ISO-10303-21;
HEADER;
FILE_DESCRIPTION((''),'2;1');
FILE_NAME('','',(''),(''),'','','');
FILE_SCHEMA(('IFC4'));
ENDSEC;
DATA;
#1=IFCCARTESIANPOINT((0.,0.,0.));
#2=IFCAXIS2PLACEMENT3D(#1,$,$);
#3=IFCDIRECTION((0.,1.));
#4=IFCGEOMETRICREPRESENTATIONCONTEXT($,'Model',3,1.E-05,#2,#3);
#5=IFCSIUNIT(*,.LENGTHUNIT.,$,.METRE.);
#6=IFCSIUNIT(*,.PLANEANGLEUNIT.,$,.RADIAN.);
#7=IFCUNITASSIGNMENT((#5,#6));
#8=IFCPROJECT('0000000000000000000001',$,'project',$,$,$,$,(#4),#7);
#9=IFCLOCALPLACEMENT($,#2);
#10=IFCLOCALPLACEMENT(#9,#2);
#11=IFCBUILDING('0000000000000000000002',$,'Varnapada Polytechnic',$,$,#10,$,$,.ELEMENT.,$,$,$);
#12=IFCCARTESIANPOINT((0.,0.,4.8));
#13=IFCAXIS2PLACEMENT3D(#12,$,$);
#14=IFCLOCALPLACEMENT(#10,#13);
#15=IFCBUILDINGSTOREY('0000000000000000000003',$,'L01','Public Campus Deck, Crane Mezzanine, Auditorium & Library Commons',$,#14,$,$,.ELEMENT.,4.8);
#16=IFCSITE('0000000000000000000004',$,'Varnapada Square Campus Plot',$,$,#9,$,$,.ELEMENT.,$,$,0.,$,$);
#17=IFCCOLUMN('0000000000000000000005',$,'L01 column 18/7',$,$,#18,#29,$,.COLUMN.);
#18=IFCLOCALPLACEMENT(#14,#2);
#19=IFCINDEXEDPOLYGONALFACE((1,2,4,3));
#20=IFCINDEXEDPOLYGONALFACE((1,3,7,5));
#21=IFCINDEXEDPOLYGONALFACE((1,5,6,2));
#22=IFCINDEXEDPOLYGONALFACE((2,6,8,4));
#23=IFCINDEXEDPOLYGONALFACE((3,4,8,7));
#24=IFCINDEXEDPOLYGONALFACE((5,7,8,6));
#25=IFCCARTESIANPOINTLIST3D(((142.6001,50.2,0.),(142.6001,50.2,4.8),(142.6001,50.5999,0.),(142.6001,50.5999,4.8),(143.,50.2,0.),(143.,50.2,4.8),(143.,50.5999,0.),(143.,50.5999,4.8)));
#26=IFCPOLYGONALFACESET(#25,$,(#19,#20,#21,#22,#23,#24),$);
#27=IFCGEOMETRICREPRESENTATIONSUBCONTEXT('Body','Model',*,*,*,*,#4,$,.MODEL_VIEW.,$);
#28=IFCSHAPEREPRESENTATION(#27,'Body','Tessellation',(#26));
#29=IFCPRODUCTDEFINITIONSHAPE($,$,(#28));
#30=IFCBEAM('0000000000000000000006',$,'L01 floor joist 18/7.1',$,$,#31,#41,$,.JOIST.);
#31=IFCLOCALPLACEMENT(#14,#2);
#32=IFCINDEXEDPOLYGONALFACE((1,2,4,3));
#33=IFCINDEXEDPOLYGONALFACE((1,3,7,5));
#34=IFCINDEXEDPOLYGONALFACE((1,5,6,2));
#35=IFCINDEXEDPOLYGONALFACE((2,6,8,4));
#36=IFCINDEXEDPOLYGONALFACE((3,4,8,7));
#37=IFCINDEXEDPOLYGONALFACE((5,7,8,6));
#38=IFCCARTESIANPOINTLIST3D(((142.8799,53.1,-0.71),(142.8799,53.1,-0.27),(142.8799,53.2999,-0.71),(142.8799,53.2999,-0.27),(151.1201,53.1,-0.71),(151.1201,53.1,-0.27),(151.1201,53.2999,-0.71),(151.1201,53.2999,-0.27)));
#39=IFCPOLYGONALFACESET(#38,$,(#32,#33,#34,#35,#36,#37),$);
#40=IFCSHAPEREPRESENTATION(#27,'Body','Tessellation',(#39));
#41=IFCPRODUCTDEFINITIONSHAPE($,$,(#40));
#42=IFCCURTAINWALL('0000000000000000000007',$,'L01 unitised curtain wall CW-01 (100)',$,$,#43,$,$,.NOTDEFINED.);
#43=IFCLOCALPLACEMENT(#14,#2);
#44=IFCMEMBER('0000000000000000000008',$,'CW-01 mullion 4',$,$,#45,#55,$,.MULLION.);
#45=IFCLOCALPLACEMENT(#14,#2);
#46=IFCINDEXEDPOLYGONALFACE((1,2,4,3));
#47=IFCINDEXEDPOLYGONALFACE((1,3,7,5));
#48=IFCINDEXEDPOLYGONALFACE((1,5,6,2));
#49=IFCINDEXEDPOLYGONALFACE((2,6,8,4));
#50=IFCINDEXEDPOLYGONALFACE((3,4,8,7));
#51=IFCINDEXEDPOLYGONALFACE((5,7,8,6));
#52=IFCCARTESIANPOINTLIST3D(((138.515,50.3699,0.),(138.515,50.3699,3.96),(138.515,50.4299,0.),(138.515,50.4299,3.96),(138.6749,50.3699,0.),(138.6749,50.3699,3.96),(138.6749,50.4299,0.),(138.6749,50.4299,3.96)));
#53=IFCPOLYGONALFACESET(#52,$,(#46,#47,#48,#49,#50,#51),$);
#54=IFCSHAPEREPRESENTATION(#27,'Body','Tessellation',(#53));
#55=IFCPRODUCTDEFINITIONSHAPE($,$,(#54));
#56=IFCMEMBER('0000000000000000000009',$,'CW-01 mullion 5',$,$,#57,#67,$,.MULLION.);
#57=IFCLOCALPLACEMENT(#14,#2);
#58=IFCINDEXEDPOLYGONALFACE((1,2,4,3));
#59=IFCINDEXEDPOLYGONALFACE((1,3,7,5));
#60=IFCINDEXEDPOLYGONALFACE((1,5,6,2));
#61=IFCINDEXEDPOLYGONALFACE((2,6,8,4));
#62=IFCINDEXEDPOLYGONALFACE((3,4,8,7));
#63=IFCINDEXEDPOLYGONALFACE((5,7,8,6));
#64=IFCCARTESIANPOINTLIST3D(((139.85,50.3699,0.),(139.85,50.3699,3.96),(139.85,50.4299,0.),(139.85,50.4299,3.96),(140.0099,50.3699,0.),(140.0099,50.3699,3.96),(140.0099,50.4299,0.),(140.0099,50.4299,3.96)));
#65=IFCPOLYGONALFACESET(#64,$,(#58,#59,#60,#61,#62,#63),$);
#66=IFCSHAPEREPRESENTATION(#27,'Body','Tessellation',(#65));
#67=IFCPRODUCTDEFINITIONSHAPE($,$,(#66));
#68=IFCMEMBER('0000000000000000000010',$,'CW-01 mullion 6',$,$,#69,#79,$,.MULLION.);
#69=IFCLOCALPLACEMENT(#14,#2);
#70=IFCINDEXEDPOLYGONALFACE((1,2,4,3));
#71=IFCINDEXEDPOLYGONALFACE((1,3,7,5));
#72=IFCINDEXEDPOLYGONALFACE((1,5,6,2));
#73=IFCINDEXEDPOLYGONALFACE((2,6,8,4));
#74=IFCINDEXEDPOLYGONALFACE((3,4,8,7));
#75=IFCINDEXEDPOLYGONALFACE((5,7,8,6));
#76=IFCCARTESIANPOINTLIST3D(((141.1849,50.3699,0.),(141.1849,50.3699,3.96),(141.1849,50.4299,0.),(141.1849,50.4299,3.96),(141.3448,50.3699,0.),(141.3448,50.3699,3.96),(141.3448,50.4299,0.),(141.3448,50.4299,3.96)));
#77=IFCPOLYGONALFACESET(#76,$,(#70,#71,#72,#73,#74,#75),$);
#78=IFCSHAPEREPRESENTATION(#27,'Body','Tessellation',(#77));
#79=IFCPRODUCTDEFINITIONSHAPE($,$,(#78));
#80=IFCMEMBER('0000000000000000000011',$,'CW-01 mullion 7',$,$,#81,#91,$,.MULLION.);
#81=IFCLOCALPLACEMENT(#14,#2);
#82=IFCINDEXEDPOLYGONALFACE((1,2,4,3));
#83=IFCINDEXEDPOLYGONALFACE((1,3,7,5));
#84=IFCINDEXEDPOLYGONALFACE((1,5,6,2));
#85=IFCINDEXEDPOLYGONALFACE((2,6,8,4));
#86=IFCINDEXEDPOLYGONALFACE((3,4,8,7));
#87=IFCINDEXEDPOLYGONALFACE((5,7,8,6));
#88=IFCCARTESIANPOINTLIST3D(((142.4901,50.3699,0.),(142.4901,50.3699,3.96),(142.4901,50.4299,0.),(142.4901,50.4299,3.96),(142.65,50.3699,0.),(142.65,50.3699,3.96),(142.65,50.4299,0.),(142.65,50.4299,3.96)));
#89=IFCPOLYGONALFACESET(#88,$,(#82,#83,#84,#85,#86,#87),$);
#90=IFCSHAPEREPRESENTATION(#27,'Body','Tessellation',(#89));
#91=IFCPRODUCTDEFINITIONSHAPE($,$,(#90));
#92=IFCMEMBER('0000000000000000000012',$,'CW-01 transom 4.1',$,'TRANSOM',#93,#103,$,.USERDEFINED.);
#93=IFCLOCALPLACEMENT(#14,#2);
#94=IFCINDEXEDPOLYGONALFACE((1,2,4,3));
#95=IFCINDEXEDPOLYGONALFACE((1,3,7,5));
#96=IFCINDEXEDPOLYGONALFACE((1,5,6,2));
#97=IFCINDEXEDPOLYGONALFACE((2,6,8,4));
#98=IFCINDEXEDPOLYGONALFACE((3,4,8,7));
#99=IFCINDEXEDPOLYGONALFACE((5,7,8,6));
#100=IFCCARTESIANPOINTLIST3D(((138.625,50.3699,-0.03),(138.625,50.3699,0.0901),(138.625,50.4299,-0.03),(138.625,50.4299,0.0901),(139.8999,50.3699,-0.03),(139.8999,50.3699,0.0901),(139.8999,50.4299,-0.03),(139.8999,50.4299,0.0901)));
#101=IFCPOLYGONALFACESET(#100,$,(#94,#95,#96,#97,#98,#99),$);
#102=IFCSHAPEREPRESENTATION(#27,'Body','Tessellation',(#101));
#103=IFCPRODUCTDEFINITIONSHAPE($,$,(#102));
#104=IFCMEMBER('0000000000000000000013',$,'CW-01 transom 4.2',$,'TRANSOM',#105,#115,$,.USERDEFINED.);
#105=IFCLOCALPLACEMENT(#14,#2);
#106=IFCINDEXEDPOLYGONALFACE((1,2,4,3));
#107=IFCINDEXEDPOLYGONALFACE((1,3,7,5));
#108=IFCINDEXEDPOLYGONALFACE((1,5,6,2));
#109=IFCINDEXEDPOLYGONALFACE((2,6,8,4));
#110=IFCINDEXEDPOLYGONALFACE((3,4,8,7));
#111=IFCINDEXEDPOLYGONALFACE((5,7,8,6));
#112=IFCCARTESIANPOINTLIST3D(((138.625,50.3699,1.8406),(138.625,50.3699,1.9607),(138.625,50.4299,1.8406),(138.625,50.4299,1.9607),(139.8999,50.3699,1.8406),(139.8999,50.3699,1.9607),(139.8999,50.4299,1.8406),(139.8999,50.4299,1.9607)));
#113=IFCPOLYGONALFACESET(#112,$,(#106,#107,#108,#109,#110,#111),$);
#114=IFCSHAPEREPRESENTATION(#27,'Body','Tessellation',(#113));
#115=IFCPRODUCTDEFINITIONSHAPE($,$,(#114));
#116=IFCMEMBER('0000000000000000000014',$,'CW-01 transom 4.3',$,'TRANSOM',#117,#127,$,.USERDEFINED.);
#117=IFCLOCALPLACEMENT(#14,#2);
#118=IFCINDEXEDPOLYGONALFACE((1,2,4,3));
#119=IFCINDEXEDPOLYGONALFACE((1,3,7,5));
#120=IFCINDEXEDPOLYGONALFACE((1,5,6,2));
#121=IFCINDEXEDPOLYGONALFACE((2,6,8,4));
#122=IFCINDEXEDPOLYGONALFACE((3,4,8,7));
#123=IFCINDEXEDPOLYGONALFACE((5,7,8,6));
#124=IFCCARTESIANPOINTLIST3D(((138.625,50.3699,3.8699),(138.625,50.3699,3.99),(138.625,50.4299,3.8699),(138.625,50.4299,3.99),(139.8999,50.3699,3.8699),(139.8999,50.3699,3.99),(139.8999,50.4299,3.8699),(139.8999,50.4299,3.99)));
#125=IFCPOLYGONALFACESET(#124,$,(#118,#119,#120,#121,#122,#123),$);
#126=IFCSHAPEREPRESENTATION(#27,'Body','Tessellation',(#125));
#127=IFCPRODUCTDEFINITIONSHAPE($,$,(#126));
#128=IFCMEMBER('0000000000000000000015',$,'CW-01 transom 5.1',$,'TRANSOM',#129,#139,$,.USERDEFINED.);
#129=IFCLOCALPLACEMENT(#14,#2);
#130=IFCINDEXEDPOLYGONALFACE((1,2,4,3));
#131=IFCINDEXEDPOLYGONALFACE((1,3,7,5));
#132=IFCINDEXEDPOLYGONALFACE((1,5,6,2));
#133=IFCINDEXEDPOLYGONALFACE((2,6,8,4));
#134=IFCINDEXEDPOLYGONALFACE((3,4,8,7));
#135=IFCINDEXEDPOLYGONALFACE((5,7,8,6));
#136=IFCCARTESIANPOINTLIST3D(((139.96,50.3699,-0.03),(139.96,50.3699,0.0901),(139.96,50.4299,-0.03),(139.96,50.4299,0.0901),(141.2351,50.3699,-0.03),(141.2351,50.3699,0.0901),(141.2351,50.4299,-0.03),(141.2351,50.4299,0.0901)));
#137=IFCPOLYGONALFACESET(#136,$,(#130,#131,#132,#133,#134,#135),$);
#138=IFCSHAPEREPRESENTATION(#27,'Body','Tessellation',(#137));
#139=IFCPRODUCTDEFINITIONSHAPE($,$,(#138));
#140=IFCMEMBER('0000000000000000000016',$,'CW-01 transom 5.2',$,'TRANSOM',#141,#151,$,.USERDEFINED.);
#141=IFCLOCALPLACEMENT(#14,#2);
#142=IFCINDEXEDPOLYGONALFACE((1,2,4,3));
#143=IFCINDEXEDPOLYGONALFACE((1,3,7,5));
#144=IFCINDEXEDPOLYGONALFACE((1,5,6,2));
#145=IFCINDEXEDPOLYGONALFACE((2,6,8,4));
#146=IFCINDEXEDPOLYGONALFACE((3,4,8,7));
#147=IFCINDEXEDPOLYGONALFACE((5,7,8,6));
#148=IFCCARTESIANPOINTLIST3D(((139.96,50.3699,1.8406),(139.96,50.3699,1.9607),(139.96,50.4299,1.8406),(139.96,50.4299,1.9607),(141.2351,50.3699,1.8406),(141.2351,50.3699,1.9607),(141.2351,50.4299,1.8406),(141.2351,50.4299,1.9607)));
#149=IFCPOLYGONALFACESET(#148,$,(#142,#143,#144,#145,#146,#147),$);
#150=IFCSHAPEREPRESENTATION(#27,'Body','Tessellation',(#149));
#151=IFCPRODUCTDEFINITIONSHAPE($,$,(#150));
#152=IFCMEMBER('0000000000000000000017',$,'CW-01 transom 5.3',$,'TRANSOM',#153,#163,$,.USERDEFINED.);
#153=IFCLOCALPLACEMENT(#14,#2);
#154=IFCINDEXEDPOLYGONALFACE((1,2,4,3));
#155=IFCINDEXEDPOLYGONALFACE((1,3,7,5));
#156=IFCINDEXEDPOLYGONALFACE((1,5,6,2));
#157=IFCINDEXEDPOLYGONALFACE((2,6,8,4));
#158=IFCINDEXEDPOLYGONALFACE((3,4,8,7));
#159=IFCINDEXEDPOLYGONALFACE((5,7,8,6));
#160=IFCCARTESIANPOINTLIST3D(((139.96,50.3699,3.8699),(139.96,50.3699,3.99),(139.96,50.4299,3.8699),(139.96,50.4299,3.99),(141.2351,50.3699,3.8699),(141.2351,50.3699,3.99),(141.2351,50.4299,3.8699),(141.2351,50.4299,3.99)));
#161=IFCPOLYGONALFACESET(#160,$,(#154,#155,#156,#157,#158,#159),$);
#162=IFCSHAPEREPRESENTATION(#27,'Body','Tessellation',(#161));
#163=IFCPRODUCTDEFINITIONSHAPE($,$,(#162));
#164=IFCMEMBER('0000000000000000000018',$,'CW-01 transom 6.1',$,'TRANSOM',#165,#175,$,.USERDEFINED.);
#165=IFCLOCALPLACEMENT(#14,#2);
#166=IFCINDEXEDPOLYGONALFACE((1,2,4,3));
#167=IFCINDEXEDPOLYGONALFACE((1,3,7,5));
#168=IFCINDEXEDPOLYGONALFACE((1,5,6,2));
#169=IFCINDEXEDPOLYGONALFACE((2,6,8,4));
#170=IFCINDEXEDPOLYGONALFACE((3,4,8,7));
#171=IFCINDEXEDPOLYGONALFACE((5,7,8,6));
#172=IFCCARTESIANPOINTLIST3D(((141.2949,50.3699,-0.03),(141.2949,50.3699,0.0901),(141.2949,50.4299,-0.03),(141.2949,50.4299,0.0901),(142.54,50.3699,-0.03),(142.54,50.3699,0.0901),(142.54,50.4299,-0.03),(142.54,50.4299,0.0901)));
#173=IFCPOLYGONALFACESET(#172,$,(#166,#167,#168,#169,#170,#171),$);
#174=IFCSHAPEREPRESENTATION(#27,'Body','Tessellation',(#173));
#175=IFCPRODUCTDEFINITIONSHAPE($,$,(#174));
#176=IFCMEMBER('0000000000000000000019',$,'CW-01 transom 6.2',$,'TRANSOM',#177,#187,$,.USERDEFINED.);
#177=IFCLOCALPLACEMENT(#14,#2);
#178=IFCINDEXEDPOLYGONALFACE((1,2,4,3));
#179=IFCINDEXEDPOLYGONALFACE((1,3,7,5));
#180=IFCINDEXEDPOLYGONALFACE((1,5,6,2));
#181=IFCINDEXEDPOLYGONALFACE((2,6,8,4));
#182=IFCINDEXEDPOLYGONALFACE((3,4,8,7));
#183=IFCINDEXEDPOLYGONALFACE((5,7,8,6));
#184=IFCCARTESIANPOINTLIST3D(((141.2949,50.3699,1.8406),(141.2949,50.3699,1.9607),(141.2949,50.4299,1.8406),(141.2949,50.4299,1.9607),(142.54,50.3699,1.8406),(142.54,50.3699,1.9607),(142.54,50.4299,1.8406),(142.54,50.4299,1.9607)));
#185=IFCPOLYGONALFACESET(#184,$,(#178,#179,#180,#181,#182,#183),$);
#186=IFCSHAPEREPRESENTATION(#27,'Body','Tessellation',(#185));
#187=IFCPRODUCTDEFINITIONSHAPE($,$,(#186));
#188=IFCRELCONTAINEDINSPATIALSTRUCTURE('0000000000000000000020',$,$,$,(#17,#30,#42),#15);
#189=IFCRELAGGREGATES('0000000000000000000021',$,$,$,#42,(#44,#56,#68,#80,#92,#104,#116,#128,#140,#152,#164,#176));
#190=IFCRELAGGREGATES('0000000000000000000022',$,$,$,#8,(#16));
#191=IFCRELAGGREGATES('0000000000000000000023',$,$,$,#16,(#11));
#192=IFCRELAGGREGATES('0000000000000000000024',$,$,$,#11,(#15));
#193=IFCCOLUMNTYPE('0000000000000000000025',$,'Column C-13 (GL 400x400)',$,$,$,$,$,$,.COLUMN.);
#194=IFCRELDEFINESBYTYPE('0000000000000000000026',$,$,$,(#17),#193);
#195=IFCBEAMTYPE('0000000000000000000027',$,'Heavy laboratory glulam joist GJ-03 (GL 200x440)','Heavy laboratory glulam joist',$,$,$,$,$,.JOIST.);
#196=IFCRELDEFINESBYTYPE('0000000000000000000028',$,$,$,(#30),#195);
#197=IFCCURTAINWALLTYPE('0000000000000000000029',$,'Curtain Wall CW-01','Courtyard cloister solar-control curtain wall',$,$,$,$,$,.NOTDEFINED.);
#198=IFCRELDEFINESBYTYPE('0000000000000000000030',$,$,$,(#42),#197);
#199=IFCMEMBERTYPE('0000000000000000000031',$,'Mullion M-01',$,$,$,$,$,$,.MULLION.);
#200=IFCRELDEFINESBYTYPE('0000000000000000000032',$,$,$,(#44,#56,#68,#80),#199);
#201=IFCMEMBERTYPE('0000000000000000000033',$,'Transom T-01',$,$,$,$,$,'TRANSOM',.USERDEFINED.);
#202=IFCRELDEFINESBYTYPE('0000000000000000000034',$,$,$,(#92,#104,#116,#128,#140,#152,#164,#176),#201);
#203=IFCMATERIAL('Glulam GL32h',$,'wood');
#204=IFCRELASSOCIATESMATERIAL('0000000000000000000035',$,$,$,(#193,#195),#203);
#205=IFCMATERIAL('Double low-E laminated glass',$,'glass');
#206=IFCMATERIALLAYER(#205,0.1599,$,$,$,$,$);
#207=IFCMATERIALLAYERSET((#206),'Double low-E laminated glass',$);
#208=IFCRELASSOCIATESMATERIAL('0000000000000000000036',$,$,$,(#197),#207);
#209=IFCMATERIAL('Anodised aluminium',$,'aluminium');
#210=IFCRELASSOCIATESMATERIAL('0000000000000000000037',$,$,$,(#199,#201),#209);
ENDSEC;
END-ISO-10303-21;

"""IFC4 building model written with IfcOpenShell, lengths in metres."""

from ifc_helpers import new_model, si_unit, direction, frame, origin, origin_2d, place, context, subcontext, project, spatial, rectangle, extrude, material, layer, layer_set, material_profile, profile_set, type_object, element, aggregate, save


model = new_model("IFC4")

# Units and contexts
model_context = context("Model", 3, precision=1e-05, world=origin(), true_north=direction((0.0, 1.0)))
body_context = subcontext(model_context, "Body", "Model", "MODEL_VIEW")
ifc_project = project(units=[si_unit("LENGTHUNIT", "METRE"), si_unit("PLANEANGLEUNIT", "RADIAN")], contexts=[model_context])

# Site, building, storey
site_placement = place(None, origin())
site = spatial("IfcSite", under=ifc_project, at=site_placement, Name="Varnapada Square Campus Plot", CompositionType="ELEMENT", RefElevation=0.0)
building_placement = place(site_placement, origin())
building = spatial("IfcBuilding", under=site, at=building_placement, Name="Varnapada Polytechnic", CompositionType="ELEMENT")
storey_placement = place(building_placement, frame((0.0, 0.0, 4.8)))
storey = spatial("IfcBuildingStorey", under=building, at=storey_placement, Name="L01", Description="Public Campus Deck, Crane Mezzanine, Auditorium & Library Commons", CompositionType="ELEMENT", Elevation=4.8)

# Column
ifc_material_1 = material(Name="Glulam GL32h", Category="wood")
ifc_material_profile_1 = material_profile(ifc_material_1, rectangle(XDim=0.3999, YDim=0.3999, at=origin_2d()), Name="GL 400x400")
ifc_profile_set_1 = profile_set([ifc_material_profile_1], Name="Glulam GL32h")
column_type = type_object("IfcColumnType", Name="Column C-13 (GL 400x400)", PredefinedType="COLUMN", material=ifc_profile_set_1)
column_placement = place(storey_placement, frame((142.8, 50.3999, 0.0), z_axis=(0.0, 0.0, 1.0), x_axis=(1.0, 0.0, 0.0)))
element("IfcColumn", 1, at=column_placement, inside=storey, type_object=column_type, Name="L01 column 18/7", PredefinedType="COLUMN", context=body_context, shape_type="SweptSolid", body=[
    extrude(rectangle(XDim=0.3999, YDim=0.3999, at=origin_2d()), origin(), (0.0, 0.0, 1.0), 4.8),
])

# Beam
ifc_material_profile_2 = material_profile(ifc_material_1, rectangle(XDim=0.2, YDim=0.4399, at=origin_2d()), Name="GL 200x440")
ifc_profile_set_2 = profile_set([ifc_material_profile_2], Name="Glulam GL32h")
beam_type_1 = type_object("IfcBeamType", Name="Heavy laboratory glulam joist GJ-03 (GL 200x440)", Description="Heavy laboratory glulam joist", PredefinedType="JOIST", material=ifc_profile_set_2)
beam_1_placement = place(storey_placement, frame((142.8799, 53.2, -0.49), z_axis=(1.0, 0.0, 0.0), x_axis=(0.0, 1.0, 0.0)))
element("IfcBeam", 2, at=beam_1_placement, inside=storey, type_object=beam_type_1, Name="L01 floor joist 18/7.1", PredefinedType="JOIST", context=body_context, shape_type="SweptSolid", body=[
    extrude(rectangle(XDim=0.2, YDim=0.4399, at=origin_2d()), origin(), (0.0, 0.0, 1.0), 8.2402),
])

# Curtain wall, members
ifc_material_2 = material(Name="Double low-E laminated glass", Category="glass")
ifc_layer_1 = layer(ifc_material_2, 0.1599)
ifc_layer_set_1 = layer_set([ifc_layer_1], Name="Double low-E laminated glass")
curtain_wall_type = type_object("IfcCurtainWallType", Name="Curtain Wall CW-01", Description="Courtyard cloister solar-control curtain wall", PredefinedType="NOTDEFINED", material=ifc_layer_set_1)
curtain_wall_placement = place(storey_placement, origin())
curtain_wall = element("IfcCurtainWall", 3, at=curtain_wall_placement, inside=storey, type_object=curtain_wall_type, Name="L01 unitised curtain wall CW-01 (100)", PredefinedType="NOTDEFINED")
ifc_material_3 = material(Name="Anodised aluminium", Category="aluminium")
ifc_material_profile_3 = material_profile(ifc_material_3, rectangle(XDim=0.0601, YDim=0.1599, at=origin_2d()), Name="ALU M60x160")
ifc_profile_set_3 = profile_set([ifc_material_profile_3], Name="Anodised aluminium")
member_type_1 = type_object("IfcMemberType", Name="Mullion M-01", PredefinedType="MULLION", material=ifc_profile_set_3)
member_1_placement = place(storey_placement, frame((138.595, 50.3999, 0.0), z_axis=(0.0, 0.0, 1.0), x_axis=(0.0, 1.0, 0.0)))
member_1 = element("IfcMember", 4, at=member_1_placement, type_object=member_type_1, Name="CW-01 mullion 4", PredefinedType="MULLION", context=body_context, shape_type="SweptSolid", body=[
    extrude(rectangle(XDim=0.0601, YDim=0.1599, at=origin_2d()), origin(), (0.0, 0.0, 1.0), 3.96),
])
member_2_placement = place(storey_placement, frame((139.9299, 50.3999, 0.0), z_axis=(0.0, 0.0, 1.0), x_axis=(0.0, 1.0, 0.0)))
member_2 = element("IfcMember", 5, at=member_2_placement, type_object=member_type_1, Name="CW-01 mullion 5", PredefinedType="MULLION", context=body_context, shape_type="SweptSolid", body=[
    extrude(rectangle(XDim=0.0601, YDim=0.1599, at=origin_2d()), origin(), (0.0, 0.0, 1.0), 3.96),
])
member_3_placement = place(storey_placement, frame((141.2649, 50.3999, 0.0), z_axis=(0.0, 0.0, 1.0), x_axis=(0.0, 1.0, 0.0)))
member_3 = element("IfcMember", 6, at=member_3_placement, type_object=member_type_1, Name="CW-01 mullion 6", PredefinedType="MULLION", context=body_context, shape_type="SweptSolid", body=[
    extrude(rectangle(XDim=0.0601, YDim=0.1599, at=origin_2d()), origin(), (0.0, 0.0, 1.0), 3.96),
])
member_4_placement = place(storey_placement, frame((142.5701, 50.3999, 0.0), z_axis=(0.0, 0.0, 1.0), x_axis=(0.0, 1.0, 0.0)))
member_4 = element("IfcMember", 7, at=member_4_placement, type_object=member_type_1, Name="CW-01 mullion 7", PredefinedType="MULLION", context=body_context, shape_type="SweptSolid", body=[
    extrude(rectangle(XDim=0.0601, YDim=0.1599, at=origin_2d()), origin(), (0.0, 0.0, 1.0), 3.96),
])
ifc_material_profile_4 = material_profile(ifc_material_3, rectangle(XDim=0.0601, YDim=0.1201, at=origin_2d()), Name="ALU T60x120")
ifc_profile_set_4 = profile_set([ifc_material_profile_4], Name="Anodised aluminium")
member_type_2 = type_object("IfcMemberType", Name="Transom T-01", ElementType="TRANSOM", PredefinedType="USERDEFINED", material=ifc_profile_set_4)
member_5_placement = place(storey_placement, frame((138.625, 50.3999, 0.03), z_axis=(1.0, 0.0, 0.0), x_axis=(0.0, 1.0, 0.0)))
member_5 = element("IfcMember", 8, at=member_5_placement, type_object=member_type_2, Name="CW-01 transom 4.1", ObjectType="TRANSOM", PredefinedType="USERDEFINED", context=body_context, shape_type="SweptSolid", body=[
    extrude(rectangle(XDim=0.0601, YDim=0.1201, at=origin_2d()), origin(), (0.0, 0.0, 1.0), 1.2749),
])
member_6_placement = place(storey_placement, frame((138.625, 50.3999, 1.9006), z_axis=(1.0, 0.0, 0.0), x_axis=(0.0, 1.0, 0.0)))
member_6 = element("IfcMember", 9, at=member_6_placement, type_object=member_type_2, Name="CW-01 transom 4.2", ObjectType="TRANSOM", PredefinedType="USERDEFINED", context=body_context, shape_type="SweptSolid", body=[
    extrude(rectangle(XDim=0.0601, YDim=0.1201, at=origin_2d()), origin(), (0.0, 0.0, 1.0), 1.2749),
])
member_7_placement = place(storey_placement, frame((138.625, 50.3999, 3.9299), z_axis=(1.0, 0.0, 0.0), x_axis=(0.0, 1.0, 0.0)))
member_7 = element("IfcMember", 10, at=member_7_placement, type_object=member_type_2, Name="CW-01 transom 4.3", ObjectType="TRANSOM", PredefinedType="USERDEFINED", context=body_context, shape_type="SweptSolid", body=[
    extrude(rectangle(XDim=0.0601, YDim=0.1201, at=origin_2d()), origin(), (0.0, 0.0, 1.0), 1.2749),
])
member_8_placement = place(storey_placement, frame((139.96, 50.3999, 0.03), z_axis=(1.0, 0.0, 0.0), x_axis=(0.0, 1.0, 0.0)))
member_8 = element("IfcMember", 11, at=member_8_placement, type_object=member_type_2, Name="CW-01 transom 5.1", ObjectType="TRANSOM", PredefinedType="USERDEFINED", context=body_context, shape_type="SweptSolid", body=[
    extrude(rectangle(XDim=0.0601, YDim=0.1201, at=origin_2d()), origin(), (0.0, 0.0, 1.0), 1.2751),
])
member_9_placement = place(storey_placement, frame((139.96, 50.3999, 1.9006), z_axis=(1.0, 0.0, 0.0), x_axis=(0.0, 1.0, 0.0)))
member_9 = element("IfcMember", 12, at=member_9_placement, type_object=member_type_2, Name="CW-01 transom 5.2", ObjectType="TRANSOM", PredefinedType="USERDEFINED", context=body_context, shape_type="SweptSolid", body=[
    extrude(rectangle(XDim=0.0601, YDim=0.1201, at=origin_2d()), origin(), (0.0, 0.0, 1.0), 1.2751),
])
member_10_placement = place(storey_placement, frame((139.96, 50.3999, 3.9299), z_axis=(1.0, 0.0, 0.0), x_axis=(0.0, 1.0, 0.0)))
member_10 = element("IfcMember", 13, at=member_10_placement, type_object=member_type_2, Name="CW-01 transom 5.3", ObjectType="TRANSOM", PredefinedType="USERDEFINED", context=body_context, shape_type="SweptSolid", body=[
    extrude(rectangle(XDim=0.0601, YDim=0.1201, at=origin_2d()), origin(), (0.0, 0.0, 1.0), 1.2751),
])
member_11_placement = place(storey_placement, frame((141.2949, 50.3999, 0.03), z_axis=(1.0, 0.0, 0.0), x_axis=(0.0, 1.0, 0.0)))
member_11 = element("IfcMember", 14, at=member_11_placement, type_object=member_type_2, Name="CW-01 transom 6.1", ObjectType="TRANSOM", PredefinedType="USERDEFINED", context=body_context, shape_type="SweptSolid", body=[
    extrude(rectangle(XDim=0.0601, YDim=0.1201, at=origin_2d()), origin(), (0.0, 0.0, 1.0), 1.2451),
])
member_12_placement = place(storey_placement, frame((141.2949, 50.3999, 1.9006), z_axis=(1.0, 0.0, 0.0), x_axis=(0.0, 1.0, 0.0)))
member_12 = element("IfcMember", 15, at=member_12_placement, type_object=member_type_2, Name="CW-01 transom 6.2", ObjectType="TRANSOM", PredefinedType="USERDEFINED", context=body_context, shape_type="SweptSolid", body=[
    extrude(rectangle(XDim=0.0601, YDim=0.1201, at=origin_2d()), origin(), (0.0, 0.0, 1.0), 1.2451),
])

aggregate(curtain_wall, [member_1, member_2, member_3, member_4, member_5, member_6, member_7, member_8, member_9, member_10, member_11, member_12])

save(model, "model.ifc")
